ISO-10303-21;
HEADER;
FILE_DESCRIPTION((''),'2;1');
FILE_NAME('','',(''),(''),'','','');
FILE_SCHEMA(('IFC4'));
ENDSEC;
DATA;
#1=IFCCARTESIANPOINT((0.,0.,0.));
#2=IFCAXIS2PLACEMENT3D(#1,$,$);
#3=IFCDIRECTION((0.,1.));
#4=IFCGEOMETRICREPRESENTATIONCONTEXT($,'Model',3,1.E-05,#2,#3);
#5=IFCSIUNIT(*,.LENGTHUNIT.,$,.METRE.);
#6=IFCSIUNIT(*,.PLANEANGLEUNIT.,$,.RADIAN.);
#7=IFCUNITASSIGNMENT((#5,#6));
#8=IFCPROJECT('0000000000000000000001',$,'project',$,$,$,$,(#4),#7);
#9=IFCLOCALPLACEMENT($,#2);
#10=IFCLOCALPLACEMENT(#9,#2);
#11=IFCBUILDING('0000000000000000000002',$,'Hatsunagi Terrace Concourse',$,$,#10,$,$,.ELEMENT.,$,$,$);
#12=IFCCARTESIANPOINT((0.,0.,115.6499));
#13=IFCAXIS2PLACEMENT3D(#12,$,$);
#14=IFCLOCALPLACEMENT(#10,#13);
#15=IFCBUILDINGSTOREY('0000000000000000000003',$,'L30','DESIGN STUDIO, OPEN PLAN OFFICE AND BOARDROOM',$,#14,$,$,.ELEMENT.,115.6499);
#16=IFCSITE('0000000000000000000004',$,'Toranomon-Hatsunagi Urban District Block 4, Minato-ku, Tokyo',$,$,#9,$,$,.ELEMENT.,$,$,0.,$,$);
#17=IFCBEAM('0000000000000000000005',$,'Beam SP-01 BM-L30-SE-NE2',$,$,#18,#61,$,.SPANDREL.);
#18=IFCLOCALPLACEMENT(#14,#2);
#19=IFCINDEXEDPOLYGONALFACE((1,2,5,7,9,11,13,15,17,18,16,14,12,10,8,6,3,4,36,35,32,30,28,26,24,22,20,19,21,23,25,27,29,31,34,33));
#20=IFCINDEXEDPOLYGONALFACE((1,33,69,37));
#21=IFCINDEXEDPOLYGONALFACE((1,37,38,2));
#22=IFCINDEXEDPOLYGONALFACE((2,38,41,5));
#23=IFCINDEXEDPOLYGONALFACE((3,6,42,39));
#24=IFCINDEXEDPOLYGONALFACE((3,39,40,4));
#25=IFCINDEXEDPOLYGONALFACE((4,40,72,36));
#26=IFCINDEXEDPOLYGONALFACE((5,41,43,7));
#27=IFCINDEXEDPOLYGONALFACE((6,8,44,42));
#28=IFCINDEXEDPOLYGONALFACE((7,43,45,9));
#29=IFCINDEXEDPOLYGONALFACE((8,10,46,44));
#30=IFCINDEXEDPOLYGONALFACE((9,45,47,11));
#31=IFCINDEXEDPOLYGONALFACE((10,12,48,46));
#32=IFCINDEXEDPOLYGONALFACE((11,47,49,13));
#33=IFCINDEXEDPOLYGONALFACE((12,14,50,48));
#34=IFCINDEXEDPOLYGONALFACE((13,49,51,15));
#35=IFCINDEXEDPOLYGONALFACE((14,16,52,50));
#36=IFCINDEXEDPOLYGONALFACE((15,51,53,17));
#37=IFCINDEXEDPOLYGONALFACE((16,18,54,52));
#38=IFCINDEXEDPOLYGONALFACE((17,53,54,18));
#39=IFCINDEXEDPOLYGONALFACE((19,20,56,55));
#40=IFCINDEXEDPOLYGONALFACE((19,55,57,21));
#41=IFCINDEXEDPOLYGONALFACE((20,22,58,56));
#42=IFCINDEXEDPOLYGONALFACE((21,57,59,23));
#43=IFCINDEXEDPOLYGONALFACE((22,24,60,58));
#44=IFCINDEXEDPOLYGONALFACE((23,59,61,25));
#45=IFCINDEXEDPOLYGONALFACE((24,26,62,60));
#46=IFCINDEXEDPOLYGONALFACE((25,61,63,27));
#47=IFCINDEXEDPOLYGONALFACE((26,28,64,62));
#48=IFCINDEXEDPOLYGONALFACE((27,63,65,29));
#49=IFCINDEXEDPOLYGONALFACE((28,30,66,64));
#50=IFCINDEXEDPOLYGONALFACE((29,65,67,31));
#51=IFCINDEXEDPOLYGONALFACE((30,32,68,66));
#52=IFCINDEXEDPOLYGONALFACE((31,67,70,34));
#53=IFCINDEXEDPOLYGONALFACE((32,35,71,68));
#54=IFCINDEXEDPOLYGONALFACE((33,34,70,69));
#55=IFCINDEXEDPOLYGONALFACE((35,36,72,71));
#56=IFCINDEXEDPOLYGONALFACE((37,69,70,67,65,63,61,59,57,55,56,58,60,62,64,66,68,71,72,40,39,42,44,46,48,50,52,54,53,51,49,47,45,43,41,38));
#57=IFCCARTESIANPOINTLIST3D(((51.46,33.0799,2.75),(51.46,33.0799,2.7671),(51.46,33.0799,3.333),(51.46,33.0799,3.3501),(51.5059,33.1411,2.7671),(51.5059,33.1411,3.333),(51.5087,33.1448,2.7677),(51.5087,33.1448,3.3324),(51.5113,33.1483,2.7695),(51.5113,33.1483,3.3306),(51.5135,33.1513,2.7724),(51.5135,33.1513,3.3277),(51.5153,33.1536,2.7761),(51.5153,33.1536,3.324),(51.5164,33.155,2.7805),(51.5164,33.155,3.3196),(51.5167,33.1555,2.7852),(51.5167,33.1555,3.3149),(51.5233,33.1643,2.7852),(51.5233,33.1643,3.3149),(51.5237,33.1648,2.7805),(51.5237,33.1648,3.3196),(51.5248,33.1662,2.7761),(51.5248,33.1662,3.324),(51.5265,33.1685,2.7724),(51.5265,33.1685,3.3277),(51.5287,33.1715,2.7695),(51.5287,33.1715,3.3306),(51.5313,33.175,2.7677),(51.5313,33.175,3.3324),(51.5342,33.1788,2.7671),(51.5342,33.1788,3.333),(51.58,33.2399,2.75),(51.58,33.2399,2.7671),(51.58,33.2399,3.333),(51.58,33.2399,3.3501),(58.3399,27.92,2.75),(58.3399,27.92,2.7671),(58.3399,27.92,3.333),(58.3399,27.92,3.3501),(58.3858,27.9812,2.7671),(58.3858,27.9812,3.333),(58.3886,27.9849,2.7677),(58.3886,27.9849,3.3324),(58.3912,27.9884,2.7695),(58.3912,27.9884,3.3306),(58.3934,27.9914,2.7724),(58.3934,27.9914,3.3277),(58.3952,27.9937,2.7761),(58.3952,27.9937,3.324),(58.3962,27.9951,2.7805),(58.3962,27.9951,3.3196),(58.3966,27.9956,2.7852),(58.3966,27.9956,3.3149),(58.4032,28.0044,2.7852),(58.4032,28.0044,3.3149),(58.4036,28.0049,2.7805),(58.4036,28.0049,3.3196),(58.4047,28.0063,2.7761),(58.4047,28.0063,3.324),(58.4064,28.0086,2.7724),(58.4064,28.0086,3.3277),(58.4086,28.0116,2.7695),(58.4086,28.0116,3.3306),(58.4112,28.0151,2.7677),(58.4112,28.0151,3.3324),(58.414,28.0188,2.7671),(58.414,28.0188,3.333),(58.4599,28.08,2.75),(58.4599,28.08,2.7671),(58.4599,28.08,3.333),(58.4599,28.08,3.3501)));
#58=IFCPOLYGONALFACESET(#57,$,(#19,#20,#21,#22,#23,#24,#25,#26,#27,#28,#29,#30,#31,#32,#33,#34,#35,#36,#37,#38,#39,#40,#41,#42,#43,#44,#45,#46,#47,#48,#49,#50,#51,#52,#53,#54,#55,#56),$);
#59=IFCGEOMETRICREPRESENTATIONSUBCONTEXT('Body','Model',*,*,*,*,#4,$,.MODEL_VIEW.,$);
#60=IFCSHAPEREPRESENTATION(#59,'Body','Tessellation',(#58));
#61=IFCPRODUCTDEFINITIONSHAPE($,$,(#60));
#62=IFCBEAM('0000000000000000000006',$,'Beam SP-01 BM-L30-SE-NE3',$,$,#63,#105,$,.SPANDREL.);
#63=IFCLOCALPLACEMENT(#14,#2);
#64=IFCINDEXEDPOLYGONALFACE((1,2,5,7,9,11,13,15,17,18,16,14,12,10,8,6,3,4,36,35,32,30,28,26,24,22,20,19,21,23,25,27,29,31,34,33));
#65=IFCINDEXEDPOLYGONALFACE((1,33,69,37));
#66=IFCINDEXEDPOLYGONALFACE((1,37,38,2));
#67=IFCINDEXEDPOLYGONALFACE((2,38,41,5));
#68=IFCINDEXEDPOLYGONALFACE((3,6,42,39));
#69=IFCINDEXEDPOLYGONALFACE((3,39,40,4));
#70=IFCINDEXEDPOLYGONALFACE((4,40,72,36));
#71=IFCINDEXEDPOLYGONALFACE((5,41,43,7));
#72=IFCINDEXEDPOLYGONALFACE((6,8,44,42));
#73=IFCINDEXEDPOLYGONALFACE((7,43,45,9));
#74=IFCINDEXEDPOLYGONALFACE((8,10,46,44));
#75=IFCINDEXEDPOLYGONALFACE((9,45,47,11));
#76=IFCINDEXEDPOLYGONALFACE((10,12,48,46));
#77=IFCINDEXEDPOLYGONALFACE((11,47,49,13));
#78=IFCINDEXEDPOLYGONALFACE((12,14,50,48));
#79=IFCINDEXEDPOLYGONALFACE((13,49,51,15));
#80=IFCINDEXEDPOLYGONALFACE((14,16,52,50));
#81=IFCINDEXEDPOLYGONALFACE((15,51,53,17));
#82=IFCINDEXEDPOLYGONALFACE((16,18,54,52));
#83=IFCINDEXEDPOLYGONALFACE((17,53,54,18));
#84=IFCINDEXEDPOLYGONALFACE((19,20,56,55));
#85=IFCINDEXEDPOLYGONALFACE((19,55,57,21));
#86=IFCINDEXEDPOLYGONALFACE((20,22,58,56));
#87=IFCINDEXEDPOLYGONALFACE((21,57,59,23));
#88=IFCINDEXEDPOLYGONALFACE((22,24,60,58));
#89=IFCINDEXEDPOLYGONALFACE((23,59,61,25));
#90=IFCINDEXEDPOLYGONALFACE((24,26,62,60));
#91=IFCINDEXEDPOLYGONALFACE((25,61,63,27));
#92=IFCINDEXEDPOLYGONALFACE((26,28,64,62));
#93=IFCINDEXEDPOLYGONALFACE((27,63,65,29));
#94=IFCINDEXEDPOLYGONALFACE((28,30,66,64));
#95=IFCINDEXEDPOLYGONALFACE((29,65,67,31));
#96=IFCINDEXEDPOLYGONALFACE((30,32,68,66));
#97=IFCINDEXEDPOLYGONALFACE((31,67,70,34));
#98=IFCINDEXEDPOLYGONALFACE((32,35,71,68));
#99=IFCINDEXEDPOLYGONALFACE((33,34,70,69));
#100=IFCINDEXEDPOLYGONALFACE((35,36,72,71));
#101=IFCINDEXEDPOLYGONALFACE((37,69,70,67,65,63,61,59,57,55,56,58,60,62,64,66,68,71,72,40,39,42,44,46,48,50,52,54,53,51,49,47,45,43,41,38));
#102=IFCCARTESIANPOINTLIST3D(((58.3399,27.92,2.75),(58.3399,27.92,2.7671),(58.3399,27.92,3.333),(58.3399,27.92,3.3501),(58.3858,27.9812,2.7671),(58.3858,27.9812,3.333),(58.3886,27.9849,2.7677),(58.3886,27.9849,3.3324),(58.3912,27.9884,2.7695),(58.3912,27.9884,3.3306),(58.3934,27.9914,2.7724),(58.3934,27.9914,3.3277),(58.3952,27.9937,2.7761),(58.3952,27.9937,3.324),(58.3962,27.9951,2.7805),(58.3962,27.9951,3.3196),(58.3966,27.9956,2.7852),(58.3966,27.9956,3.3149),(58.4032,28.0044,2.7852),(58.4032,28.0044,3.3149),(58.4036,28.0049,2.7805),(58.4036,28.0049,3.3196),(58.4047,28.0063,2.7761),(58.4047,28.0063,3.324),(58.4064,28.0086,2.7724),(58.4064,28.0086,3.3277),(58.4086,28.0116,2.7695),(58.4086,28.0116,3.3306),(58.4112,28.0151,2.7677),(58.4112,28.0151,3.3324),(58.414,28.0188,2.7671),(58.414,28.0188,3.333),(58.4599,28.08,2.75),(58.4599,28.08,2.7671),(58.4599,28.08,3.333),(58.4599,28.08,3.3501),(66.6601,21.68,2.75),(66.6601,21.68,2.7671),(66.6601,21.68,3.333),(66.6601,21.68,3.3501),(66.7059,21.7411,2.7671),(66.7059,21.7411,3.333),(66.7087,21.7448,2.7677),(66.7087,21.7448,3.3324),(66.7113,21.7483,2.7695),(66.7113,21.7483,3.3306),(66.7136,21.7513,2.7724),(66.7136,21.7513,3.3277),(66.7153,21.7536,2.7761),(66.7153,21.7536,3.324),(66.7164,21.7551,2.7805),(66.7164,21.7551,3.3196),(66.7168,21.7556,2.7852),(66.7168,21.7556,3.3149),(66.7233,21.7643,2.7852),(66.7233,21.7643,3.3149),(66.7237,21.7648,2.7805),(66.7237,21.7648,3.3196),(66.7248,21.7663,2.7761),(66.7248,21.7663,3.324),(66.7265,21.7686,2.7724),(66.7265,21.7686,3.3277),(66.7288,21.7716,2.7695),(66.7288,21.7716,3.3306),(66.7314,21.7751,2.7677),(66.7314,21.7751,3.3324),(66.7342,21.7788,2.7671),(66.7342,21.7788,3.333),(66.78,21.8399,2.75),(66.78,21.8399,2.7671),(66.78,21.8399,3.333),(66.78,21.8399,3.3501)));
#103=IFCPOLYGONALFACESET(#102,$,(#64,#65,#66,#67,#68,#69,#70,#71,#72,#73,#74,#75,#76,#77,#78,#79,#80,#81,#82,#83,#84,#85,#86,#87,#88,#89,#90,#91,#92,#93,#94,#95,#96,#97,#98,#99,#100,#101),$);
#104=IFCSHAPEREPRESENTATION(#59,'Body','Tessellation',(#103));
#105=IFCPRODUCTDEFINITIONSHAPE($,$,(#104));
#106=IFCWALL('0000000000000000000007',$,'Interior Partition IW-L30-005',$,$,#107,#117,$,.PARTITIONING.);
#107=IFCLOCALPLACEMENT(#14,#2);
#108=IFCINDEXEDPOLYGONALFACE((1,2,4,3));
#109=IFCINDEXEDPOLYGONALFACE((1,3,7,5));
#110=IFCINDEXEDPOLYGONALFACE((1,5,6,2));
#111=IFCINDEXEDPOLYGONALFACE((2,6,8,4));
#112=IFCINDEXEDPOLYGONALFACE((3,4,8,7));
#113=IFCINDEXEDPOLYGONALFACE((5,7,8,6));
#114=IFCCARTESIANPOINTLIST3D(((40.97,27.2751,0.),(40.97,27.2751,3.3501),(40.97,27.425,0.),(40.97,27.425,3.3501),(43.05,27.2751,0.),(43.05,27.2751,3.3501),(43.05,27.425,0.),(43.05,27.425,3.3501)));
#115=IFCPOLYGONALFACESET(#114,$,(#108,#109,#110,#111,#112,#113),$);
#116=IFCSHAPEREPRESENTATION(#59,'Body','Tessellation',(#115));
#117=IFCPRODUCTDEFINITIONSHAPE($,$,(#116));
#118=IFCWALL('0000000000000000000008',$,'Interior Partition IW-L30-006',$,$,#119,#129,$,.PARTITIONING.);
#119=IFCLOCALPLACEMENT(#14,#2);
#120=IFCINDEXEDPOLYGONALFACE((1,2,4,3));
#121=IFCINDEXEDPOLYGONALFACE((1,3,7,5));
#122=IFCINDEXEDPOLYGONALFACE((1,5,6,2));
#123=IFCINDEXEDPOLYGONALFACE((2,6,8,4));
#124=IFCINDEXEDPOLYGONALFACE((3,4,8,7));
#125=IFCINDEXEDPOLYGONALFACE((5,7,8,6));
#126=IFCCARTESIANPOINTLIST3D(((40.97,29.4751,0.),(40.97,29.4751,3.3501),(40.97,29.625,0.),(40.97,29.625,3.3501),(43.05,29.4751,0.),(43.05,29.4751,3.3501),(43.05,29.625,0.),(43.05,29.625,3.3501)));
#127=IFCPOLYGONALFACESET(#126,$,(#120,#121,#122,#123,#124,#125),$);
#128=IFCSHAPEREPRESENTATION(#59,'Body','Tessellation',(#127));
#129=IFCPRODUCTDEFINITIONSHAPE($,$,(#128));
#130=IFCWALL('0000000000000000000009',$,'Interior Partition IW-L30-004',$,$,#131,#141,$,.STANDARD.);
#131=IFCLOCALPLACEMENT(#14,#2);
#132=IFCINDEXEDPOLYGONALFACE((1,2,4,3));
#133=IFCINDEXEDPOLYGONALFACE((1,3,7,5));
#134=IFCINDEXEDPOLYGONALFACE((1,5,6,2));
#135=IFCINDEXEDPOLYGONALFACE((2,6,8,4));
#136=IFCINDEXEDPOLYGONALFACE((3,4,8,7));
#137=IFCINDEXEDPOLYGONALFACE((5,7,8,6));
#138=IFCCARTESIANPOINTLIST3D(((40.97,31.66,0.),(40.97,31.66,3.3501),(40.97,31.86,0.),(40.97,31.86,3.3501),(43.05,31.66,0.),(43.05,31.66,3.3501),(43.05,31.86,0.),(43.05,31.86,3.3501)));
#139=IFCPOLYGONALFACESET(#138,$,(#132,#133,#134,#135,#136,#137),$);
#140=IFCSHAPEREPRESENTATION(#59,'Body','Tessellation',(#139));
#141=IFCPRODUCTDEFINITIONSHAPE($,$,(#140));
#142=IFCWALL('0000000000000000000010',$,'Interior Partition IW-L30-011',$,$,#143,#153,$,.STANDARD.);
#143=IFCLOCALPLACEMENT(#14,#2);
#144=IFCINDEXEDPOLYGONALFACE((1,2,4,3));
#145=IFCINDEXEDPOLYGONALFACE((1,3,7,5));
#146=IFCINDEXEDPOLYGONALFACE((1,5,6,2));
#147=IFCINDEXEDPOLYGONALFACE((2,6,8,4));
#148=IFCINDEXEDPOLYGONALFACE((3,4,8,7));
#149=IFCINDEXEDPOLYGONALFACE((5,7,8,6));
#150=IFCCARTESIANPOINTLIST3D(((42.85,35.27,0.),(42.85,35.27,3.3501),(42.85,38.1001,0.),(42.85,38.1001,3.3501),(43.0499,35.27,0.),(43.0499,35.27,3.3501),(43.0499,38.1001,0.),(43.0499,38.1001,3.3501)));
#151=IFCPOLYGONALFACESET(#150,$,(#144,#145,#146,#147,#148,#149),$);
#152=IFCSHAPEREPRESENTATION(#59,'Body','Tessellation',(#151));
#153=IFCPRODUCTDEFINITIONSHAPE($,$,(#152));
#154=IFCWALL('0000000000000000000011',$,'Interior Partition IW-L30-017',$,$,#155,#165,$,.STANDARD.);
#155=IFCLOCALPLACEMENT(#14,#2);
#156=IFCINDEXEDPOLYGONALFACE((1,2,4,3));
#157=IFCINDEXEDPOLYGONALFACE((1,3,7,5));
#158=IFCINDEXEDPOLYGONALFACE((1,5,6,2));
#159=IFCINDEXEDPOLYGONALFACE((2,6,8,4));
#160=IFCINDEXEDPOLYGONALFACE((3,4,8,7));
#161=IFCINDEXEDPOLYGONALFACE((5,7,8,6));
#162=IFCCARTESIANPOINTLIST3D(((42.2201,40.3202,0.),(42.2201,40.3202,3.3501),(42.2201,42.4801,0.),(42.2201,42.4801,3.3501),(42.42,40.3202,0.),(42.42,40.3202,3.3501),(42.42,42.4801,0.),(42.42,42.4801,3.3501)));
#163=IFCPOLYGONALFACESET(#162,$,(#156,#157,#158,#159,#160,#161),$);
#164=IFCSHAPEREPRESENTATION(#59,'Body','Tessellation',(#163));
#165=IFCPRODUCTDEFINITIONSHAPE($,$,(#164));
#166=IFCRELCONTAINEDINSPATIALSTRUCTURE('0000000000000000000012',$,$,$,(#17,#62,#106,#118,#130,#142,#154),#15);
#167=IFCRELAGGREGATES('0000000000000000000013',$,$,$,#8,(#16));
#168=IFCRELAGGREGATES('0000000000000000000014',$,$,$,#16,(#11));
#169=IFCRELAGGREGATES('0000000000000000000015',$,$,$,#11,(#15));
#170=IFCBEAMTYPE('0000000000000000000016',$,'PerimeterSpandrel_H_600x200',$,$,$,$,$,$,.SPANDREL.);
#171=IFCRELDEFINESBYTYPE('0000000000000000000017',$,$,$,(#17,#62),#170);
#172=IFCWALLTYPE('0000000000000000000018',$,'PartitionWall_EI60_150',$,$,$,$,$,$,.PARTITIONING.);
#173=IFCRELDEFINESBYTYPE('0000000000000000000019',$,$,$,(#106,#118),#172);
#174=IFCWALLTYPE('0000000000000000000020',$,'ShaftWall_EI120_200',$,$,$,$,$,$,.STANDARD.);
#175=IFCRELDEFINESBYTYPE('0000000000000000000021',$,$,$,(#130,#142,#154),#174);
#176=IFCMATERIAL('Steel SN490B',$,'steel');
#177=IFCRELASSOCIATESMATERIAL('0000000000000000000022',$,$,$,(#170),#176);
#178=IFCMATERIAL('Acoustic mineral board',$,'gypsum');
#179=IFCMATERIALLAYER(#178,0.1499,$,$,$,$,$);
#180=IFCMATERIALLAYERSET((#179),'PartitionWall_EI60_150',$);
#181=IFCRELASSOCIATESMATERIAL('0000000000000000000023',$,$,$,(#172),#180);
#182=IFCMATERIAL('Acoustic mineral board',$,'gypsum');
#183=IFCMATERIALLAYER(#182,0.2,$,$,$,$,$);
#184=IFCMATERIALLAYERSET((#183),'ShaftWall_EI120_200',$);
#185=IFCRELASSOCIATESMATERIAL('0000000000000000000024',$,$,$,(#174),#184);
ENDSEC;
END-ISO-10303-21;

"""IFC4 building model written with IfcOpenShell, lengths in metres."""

from ifc_helpers import new_model, si_unit, direction, frame, frame_2d, origin, origin_2d, place, context, subcontext, project, spatial, rectangle, i_section, extrude, material, layer, layer_set, material_profile, profile_set, type_object, element, save


model = new_model("IFC4")

# Units and contexts
model_context = context("Model", 3, precision=1e-05, world=origin(), true_north=direction((0.0, 1.0)))
body_context = subcontext(model_context, "Body", "Model", "MODEL_VIEW")
ifc_project = project(units=[si_unit("LENGTHUNIT", "METRE"), si_unit("PLANEANGLEUNIT", "RADIAN")], contexts=[model_context])

# Site, building, storey
site_placement = place(None, origin())
site = spatial("IfcSite", under=ifc_project, at=site_placement, Name="Toranomon-Hatsunagi Urban District Block 4, Minato-ku, Tokyo", CompositionType="ELEMENT", RefElevation=0.0)
building_placement = place(site_placement, origin())
building = spatial("IfcBuilding", under=site, at=building_placement, Name="Hatsunagi Terrace Concourse", CompositionType="ELEMENT")
storey_placement = place(building_placement, frame((0.0, 0.0, 115.6499)))
storey = spatial("IfcBuildingStorey", under=building, at=storey_placement, Name="L30", Description="DESIGN STUDIO, OPEN PLAN OFFICE AND BOARDROOM", CompositionType="ELEMENT", Elevation=115.6499)

# Beams
ifc_material_1 = material(Name="Steel SN490B", Category="steel")
ifc_material_profile_1 = material_profile(ifc_material_1, i_section(OverallWidth=0.2, OverallDepth=0.6001, WebThickness=0.011, FlangeThickness=0.0171, FilletRadius=0.0181, at=origin_2d()), Name="H-600x200x11x17")
ifc_profile_set_1 = profile_set([ifc_material_profile_1], Name="Steel SN490B")
beam_type_1 = type_object("IfcBeamType", Name="PerimeterSpandrel_H_600x200", PredefinedType="SPANDREL", material=ifc_profile_set_1)
beam_1_placement = place(storey_placement, frame((51.52, 33.1599, 3.05), z_axis=(0.8, -0.6, 0.0), x_axis=(0.6, 0.8, 0.0)))
element("IfcBeam", 1, at=beam_1_placement, inside=storey, type_object=beam_type_1, Name="Beam SP-01 BM-L30-SE-NE2", PredefinedType="SPANDREL", context=body_context, shape_type="SweptSolid", body=[
    extrude(i_section(OverallWidth=0.2, OverallDepth=0.6001, WebThickness=0.011, FlangeThickness=0.0171, FilletRadius=0.0181, at=origin_2d()), origin(), (0.0, 0.0, 1.0), 8.5999),
])
beam_2_placement = place(storey_placement, frame((58.3999, 28.0, 3.05), z_axis=(0.800003, -0.599996, 0.0), x_axis=(0.599996, 0.800003, 0.0)))
element("IfcBeam", 2, at=beam_2_placement, inside=storey, type_object=beam_type_1, Name="Beam SP-01 BM-L30-SE-NE3", PredefinedType="SPANDREL", context=body_context, shape_type="SweptSolid", body=[
    extrude(i_section(OverallWidth=0.2, OverallDepth=0.6001, WebThickness=0.011, FlangeThickness=0.0171, FilletRadius=0.0181, at=origin_2d()), origin(), (0.0, 0.0, 1.0), 10.4001),
])

# Walls
ifc_material_2 = material(Name="Acoustic mineral board", Category="gypsum")
ifc_layer_1 = layer(ifc_material_2, 0.1499)
ifc_layer_set_1 = layer_set([ifc_layer_1], Name="PartitionWall_EI60_150")
wall_type_1 = type_object("IfcWallType", Name="PartitionWall_EI60_150", PredefinedType="PARTITIONING", material=ifc_layer_set_1)
for number, where, z_axis, x_axis, name in (
    (3, (40.97, 27.3501, 0.0), (0.0, 0.0, 1.0), (1.0, 0.0, 0.0), "Interior Partition IW-L30-005"),
    (4, (40.97, 29.55, 0.0), (0.0, 0.0, 1.0), (1.0, 0.0, 0.0), "Interior Partition IW-L30-006"),
):
    element("IfcWall", number, at=place(storey_placement, frame(where, z_axis=z_axis, x_axis=x_axis)), inside=storey, type_object=wall_type_1, Name=name, PredefinedType="PARTITIONING", context=body_context, shape_type="SweptSolid", body=[
        extrude(rectangle(XDim=2.0801, YDim=0.1499, at=frame_2d((1.04, 0.0))), origin(), (0.0, 0.0, 1.0), 3.3501),
    ])
ifc_material_3 = material(Name="Acoustic mineral board", Category="gypsum")
ifc_layer_2 = layer(ifc_material_3, 0.2)
ifc_layer_set_2 = layer_set([ifc_layer_2], Name="ShaftWall_EI120_200")
wall_type_2 = type_object("IfcWallType", Name="ShaftWall_EI120_200", PredefinedType="STANDARD", material=ifc_layer_set_2)
wall_1_placement = place(storey_placement, frame((40.97, 31.76, 0.0), z_axis=(0.0, 0.0, 1.0), x_axis=(1.0, 0.0, 0.0)))
element("IfcWall", 5, at=wall_1_placement, inside=storey, type_object=wall_type_2, Name="Interior Partition IW-L30-004", PredefinedType="STANDARD", context=body_context, shape_type="SweptSolid", body=[
    extrude(rectangle(XDim=2.0801, YDim=0.2, at=frame_2d((1.04, 0.0))), origin(), (0.0, 0.0, 1.0), 3.3501),
])
wall_2_placement = place(storey_placement, frame((42.95, 35.27, 0.0), z_axis=(0.0, 0.0, 1.0), x_axis=(0.0, 1.0, 0.0)))
element("IfcWall", 6, at=wall_2_placement, inside=storey, type_object=wall_type_2, Name="Interior Partition IW-L30-011", PredefinedType="STANDARD", context=body_context, shape_type="SweptSolid", body=[
    extrude(rectangle(XDim=2.8301, YDim=0.2, at=frame_2d((1.415, 0.0))), origin(), (0.0, 0.0, 1.0), 3.3501),
])
wall_3_placement = place(storey_placement, frame((42.3201, 40.3201, 0.0), z_axis=(0.0, 0.0, 1.0), x_axis=(0.0, 1.0, 0.0)))
element("IfcWall", 7, at=wall_3_placement, inside=storey, type_object=wall_type_2, Name="Interior Partition IW-L30-017", PredefinedType="STANDARD", context=body_context, shape_type="SweptSolid", body=[
    extrude(rectangle(XDim=2.1599, YDim=0.2, at=frame_2d((1.0801, 0.0))), origin(), (0.0, 0.0, 1.0), 3.3501),
])

save(model, "model.ifc")
